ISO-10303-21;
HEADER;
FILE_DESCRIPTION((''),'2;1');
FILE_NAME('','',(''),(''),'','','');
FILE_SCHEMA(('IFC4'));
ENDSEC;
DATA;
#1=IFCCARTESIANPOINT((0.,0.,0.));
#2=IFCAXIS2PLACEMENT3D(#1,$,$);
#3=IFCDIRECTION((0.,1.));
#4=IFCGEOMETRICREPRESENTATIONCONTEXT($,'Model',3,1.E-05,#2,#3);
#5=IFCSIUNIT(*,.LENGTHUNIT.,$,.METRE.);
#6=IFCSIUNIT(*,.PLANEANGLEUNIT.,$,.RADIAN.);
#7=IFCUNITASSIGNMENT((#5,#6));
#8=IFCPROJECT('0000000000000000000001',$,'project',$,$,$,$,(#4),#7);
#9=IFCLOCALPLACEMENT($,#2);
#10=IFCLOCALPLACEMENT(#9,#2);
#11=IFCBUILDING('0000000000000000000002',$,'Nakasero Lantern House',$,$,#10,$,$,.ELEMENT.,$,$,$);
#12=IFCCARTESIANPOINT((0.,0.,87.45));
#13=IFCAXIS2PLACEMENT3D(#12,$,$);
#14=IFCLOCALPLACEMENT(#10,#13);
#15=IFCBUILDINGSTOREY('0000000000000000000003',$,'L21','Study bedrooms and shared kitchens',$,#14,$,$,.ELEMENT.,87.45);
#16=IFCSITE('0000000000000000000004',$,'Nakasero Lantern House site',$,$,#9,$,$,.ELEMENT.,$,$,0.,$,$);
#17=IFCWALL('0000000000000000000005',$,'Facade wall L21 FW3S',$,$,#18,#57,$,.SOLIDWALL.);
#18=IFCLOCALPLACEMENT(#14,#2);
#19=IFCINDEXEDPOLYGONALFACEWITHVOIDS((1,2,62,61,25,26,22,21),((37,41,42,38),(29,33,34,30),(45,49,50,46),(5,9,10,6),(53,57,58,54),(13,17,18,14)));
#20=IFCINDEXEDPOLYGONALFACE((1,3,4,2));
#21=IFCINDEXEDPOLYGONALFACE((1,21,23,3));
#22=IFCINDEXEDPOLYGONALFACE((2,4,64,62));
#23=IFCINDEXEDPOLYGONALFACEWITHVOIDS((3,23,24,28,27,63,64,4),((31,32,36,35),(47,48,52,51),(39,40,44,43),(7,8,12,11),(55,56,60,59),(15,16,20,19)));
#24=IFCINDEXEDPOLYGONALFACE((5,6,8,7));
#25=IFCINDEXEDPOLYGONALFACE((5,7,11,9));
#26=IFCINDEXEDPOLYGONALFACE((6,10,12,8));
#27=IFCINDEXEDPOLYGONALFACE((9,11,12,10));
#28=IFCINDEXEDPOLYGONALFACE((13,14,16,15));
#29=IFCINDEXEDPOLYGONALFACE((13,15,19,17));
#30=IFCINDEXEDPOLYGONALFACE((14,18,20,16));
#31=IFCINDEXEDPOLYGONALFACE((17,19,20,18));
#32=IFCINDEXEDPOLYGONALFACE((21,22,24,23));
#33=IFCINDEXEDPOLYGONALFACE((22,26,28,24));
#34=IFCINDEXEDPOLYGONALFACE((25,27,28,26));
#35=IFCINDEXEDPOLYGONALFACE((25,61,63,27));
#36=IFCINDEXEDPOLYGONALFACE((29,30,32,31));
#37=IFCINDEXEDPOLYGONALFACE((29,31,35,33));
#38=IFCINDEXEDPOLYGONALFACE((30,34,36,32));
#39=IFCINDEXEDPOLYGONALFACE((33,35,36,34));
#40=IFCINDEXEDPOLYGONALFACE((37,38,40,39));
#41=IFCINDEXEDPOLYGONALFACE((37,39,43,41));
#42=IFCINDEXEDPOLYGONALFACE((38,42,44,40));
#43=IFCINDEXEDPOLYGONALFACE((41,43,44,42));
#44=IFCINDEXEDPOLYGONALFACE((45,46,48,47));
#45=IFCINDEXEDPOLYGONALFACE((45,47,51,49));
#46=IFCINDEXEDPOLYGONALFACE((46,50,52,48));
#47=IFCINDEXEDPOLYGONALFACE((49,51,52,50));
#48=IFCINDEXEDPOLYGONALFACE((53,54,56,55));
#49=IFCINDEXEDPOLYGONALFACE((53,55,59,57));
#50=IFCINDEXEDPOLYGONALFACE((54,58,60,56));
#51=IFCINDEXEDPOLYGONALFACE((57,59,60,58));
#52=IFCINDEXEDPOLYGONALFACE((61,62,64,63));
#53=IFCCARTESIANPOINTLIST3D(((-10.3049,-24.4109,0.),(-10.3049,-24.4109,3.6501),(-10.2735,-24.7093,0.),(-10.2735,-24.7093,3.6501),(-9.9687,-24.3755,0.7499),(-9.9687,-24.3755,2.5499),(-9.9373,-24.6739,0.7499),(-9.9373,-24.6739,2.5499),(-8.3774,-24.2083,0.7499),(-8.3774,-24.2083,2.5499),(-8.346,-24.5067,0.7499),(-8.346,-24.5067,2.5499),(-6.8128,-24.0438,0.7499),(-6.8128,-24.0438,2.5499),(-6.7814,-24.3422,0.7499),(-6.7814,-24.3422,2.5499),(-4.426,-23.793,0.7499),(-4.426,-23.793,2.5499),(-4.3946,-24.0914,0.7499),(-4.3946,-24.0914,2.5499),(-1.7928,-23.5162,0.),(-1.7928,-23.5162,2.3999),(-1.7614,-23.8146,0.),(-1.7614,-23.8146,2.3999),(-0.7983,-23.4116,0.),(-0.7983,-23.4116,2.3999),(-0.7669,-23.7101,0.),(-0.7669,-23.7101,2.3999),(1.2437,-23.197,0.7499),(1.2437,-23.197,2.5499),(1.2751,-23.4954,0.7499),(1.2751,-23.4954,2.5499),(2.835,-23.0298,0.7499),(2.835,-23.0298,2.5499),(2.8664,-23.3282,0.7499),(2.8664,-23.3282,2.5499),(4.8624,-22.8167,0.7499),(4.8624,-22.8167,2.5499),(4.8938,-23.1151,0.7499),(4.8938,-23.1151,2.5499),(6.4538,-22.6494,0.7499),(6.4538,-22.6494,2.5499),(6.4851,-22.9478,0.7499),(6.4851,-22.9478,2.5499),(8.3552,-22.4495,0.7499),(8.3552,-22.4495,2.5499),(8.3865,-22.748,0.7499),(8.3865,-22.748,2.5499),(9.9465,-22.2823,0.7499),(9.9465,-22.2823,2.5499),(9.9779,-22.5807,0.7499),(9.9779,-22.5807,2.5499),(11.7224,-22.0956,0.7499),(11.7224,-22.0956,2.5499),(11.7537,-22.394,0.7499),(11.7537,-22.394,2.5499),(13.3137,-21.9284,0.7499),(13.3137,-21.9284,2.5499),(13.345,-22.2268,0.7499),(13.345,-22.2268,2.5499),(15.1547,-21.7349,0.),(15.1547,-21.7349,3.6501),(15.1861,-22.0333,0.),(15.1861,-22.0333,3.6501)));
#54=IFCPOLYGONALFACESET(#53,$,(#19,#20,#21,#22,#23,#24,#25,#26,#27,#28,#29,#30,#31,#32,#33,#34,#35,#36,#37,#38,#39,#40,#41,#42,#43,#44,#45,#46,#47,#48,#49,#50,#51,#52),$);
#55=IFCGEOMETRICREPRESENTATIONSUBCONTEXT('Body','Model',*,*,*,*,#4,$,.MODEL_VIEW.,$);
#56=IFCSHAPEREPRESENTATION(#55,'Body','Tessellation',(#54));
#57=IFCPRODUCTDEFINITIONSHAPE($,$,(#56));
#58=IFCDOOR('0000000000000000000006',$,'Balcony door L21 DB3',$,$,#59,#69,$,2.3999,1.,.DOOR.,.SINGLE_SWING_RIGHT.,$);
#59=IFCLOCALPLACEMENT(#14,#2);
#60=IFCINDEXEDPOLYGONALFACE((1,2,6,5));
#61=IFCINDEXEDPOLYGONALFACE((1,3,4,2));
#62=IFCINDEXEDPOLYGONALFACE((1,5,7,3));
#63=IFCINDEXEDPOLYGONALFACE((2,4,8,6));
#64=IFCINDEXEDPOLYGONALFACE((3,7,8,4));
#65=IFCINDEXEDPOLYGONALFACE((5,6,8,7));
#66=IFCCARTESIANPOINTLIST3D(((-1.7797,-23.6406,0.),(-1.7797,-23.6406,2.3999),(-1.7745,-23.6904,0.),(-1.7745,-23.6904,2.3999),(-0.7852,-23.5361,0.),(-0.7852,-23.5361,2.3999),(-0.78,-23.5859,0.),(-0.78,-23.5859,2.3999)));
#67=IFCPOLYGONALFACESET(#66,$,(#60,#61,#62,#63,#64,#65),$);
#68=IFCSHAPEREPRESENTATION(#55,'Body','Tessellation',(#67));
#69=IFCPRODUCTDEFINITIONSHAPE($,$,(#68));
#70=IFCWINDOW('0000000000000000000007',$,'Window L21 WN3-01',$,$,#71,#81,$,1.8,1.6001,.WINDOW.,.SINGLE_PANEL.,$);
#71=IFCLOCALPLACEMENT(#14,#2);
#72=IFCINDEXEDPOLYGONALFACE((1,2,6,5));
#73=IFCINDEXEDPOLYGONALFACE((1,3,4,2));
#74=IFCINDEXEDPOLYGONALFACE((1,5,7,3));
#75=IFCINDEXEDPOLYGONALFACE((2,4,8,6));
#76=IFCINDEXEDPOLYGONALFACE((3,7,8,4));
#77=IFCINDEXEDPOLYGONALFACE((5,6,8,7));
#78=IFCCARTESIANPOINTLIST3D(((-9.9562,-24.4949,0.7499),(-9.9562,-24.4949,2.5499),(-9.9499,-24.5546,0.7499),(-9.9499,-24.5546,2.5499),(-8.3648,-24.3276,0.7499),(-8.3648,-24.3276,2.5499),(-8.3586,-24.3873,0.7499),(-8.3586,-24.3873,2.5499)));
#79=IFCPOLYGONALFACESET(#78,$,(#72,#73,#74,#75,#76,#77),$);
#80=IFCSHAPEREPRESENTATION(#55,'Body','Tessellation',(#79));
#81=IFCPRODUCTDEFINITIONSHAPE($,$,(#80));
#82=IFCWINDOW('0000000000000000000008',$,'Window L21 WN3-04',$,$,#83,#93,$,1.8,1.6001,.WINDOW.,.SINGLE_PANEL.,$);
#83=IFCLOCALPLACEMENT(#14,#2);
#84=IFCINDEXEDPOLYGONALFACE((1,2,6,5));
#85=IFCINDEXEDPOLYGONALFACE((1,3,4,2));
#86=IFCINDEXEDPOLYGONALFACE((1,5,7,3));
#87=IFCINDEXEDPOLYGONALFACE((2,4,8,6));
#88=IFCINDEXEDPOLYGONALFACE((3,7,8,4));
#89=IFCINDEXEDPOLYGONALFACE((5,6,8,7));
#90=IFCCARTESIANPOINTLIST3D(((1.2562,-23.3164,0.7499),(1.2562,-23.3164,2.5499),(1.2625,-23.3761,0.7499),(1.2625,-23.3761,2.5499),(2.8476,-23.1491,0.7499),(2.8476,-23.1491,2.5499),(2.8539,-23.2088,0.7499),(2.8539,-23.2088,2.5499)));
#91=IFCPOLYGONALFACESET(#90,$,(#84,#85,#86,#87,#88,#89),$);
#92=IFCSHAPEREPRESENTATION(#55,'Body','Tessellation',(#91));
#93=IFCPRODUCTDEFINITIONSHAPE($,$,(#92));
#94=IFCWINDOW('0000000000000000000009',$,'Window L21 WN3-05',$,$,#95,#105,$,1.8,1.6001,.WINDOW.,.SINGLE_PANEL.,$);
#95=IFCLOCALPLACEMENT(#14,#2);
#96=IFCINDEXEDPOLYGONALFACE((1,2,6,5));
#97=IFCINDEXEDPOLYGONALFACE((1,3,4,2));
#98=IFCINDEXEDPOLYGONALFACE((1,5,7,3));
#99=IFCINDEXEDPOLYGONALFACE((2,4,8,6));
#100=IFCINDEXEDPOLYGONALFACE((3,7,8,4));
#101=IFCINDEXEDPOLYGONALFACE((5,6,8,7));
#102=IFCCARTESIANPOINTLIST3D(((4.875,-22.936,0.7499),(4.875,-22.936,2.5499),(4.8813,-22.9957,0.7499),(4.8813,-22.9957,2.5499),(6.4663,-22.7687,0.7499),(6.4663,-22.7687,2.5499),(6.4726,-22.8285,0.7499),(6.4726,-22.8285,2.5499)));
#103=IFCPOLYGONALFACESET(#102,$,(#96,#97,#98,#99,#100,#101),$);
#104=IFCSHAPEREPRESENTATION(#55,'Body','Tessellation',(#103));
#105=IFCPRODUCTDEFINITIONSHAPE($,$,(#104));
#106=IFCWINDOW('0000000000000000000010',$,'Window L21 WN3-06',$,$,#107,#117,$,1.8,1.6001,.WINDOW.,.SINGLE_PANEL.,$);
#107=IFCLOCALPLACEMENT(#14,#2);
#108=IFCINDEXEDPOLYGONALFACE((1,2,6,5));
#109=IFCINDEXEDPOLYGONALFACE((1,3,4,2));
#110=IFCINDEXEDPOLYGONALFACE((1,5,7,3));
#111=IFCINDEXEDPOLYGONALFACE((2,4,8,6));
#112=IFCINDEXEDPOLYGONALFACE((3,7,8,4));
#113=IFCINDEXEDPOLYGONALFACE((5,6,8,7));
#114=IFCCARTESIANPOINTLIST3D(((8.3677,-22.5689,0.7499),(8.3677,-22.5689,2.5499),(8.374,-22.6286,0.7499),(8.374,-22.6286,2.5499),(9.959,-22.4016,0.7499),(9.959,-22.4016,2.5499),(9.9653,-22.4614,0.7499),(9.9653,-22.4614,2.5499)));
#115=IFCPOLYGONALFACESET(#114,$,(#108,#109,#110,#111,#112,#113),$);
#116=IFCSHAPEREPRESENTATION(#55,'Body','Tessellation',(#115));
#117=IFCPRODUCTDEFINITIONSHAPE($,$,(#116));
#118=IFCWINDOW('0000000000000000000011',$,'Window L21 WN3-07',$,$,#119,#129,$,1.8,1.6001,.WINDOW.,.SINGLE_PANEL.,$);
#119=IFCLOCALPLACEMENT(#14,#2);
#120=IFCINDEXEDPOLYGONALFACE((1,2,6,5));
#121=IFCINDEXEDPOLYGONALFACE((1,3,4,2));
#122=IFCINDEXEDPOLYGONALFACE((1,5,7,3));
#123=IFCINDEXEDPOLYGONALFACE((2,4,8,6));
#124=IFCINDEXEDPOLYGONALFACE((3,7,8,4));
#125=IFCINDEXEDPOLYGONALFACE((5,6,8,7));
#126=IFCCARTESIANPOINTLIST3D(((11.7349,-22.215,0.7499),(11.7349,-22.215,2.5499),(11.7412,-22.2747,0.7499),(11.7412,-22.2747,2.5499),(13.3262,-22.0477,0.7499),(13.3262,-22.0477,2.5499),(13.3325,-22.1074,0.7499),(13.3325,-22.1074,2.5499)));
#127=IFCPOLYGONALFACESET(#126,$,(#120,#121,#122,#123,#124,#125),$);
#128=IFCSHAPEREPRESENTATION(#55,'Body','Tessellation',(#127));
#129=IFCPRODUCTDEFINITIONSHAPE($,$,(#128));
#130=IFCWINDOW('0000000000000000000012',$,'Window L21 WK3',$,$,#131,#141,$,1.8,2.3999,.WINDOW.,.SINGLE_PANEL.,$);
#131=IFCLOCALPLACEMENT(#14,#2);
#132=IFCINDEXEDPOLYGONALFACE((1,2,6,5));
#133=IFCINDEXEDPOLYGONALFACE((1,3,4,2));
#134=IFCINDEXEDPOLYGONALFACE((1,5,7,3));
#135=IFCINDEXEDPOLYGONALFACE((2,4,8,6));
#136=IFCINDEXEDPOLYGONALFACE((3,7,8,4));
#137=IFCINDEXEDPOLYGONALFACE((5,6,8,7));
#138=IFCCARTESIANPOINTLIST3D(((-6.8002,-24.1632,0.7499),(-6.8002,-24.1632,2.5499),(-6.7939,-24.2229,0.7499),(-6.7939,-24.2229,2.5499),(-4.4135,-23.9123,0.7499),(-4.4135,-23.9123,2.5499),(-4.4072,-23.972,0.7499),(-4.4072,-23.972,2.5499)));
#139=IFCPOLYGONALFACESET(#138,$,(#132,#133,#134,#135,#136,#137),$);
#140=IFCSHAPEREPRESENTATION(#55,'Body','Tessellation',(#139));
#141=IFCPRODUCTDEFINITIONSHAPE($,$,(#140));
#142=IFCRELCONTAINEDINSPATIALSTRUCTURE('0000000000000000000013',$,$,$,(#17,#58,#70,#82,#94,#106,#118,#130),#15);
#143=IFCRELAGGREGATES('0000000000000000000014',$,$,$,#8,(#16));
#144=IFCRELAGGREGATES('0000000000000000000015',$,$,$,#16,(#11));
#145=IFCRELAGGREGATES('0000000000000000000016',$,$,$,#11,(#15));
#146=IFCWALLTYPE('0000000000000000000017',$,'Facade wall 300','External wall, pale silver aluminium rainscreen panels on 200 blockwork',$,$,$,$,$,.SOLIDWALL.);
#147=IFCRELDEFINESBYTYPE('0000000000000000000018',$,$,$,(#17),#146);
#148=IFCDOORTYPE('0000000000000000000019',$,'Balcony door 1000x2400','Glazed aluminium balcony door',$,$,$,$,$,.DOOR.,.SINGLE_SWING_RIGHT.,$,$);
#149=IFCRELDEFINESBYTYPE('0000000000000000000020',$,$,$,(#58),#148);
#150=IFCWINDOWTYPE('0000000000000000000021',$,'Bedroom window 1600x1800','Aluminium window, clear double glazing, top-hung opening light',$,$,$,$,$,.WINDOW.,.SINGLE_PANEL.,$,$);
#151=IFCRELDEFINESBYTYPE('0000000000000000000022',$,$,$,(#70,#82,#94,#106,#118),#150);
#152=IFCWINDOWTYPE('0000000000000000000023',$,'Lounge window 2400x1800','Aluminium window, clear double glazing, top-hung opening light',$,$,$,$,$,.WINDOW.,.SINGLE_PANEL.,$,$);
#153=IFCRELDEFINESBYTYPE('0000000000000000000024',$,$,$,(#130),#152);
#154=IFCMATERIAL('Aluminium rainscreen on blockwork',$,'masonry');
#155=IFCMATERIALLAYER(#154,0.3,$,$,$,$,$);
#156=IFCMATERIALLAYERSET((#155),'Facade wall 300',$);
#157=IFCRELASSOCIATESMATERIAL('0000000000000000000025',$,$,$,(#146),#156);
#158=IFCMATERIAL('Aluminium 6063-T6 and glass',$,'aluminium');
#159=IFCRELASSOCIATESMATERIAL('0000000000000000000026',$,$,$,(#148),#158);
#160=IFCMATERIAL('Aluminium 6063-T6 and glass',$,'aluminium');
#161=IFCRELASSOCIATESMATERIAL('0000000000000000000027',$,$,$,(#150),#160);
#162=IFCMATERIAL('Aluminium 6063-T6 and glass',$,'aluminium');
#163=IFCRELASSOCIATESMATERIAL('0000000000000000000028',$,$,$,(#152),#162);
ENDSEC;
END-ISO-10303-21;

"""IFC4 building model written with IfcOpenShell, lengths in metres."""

from ifc_helpers import new_model, si_unit, direction, frame, frame_2d, origin, place, context, subcontext, project, spatial, rectangle, extrude, material, layer, layer_set, type_object, element, fill, save


model = new_model("IFC4")

# Units and contexts
model_context = context("Model", 3, precision=1e-05, world=origin(), true_north=direction((0.0, 1.0)))
body_context = subcontext(model_context, "Body", "Model", "MODEL_VIEW")
ifc_project = project(units=[si_unit("LENGTHUNIT", "METRE"), si_unit("PLANEANGLEUNIT", "RADIAN")], contexts=[model_context])

# Site, building, storey
site_placement = place(None, origin())
site = spatial("IfcSite", under=ifc_project, at=site_placement, Name="Nakasero Lantern House site", CompositionType="ELEMENT", RefElevation=0.0)
building_placement = place(site_placement, origin())
building = spatial("IfcBuilding", under=site, at=building_placement, Name="Nakasero Lantern House", CompositionType="ELEMENT")
storey_placement = place(building_placement, frame((0.0, 0.0, 87.45)))
storey = spatial("IfcBuildingStorey", under=building, at=storey_placement, Name="L21", Description="Study bedrooms and shared kitchens", CompositionType="ELEMENT", Elevation=87.45)

# Wall, openings, door, windows
ifc_material_1 = material(Name="Aluminium rainscreen on blockwork", Category="masonry")
ifc_layer_1 = layer(ifc_material_1, 0.3)
ifc_layer_set_1 = layer_set([ifc_layer_1], Name="Facade wall 300")
wall_type_1 = type_object("IfcWallType", Name="Facade wall 300", Description="External wall, pale silver aluminium rainscreen panels on 200 blockwork", PredefinedType="SOLIDWALL", material=ifc_layer_set_1)
wall_1_placement = place(storey_placement, frame((-10.2891, -24.5601, 0.0), z_axis=(0.0, 0.0, 1.0), x_axis=(0.994521, 0.104532, 0.0)))
wall_1 = element("IfcWall", 1, at=wall_1_placement, inside=storey, type_object=wall_type_1, Name="Facade wall L21 FW3S", PredefinedType="SOLIDWALL", context=body_context, shape_type="SweptSolid", body=[
    extrude(rectangle(XDim=25.5999, YDim=0.3, at=frame_2d((12.7998, 0.0))), origin(), (0.0, 0.0, 1.0), 3.6501),
])
opening_1_placement = place(wall_1_placement, frame((0.3379, 0.0, 0.75)))
opening_1 = element("IfcOpeningElement", 2, at=opening_1_placement, cuts=wall_1, PredefinedType="OPENING", context=body_context, shape_type="SweptSolid", body=[
    extrude(rectangle(XDim=1.6001, YDim=1.8, at=frame_2d((0.8, 0.8999))), frame((0.0, 0.1699, 0.0), z_axis=(0.0, -1.0, 0.0), x_axis=(1.0, 0.0, 0.0)), (0.0, 0.0, 1.0), 0.3401),
])
opening_2_placement = place(wall_1_placement, frame((11.6121, 0.0, 0.75)))
opening_2 = element("IfcOpeningElement", 3, at=opening_2_placement, cuts=wall_1, PredefinedType="OPENING", context=body_context, shape_type="SweptSolid", body=[
    extrude(rectangle(XDim=1.6001, YDim=1.8, at=frame_2d((0.8, 0.8999))), frame((0.0, 0.1699, 0.0), z_axis=(0.0, -1.0, 0.0), x_axis=(1.0, 0.0, 0.0)), (0.0, 0.0, 1.0), 0.3401),
])
opening_3_placement = place(wall_1_placement, frame((15.2507, 0.0, 0.75)))
opening_3 = element("IfcOpeningElement", 4, at=opening_3_placement, cuts=wall_1, PredefinedType="OPENING", context=body_context, shape_type="SweptSolid", body=[
    extrude(rectangle(XDim=1.6001, YDim=1.8, at=frame_2d((0.8, 0.8999))), frame((0.0, 0.1699, 0.0), z_axis=(0.0, -1.0, 0.0), x_axis=(1.0, 0.0, 0.0)), (0.0, 0.0, 1.0), 0.3401),
])
opening_4_placement = place(wall_1_placement, frame((18.7627, 0.0, 0.75)))
opening_4 = element("IfcOpeningElement", 5, at=opening_4_placement, cuts=wall_1, PredefinedType="OPENING", context=body_context, shape_type="SweptSolid", body=[
    extrude(rectangle(XDim=1.6001, YDim=1.8, at=frame_2d((0.8, 0.8999))), frame((0.0, 0.1699, 0.0), z_axis=(0.0, -1.0, 0.0), x_axis=(1.0, 0.0, 0.0)), (0.0, 0.0, 1.0), 0.3401),
])
opening_5_placement = place(wall_1_placement, frame((22.1484, 0.0, 0.75)))
opening_5 = element("IfcOpeningElement", 6, at=opening_5_placement, cuts=wall_1, PredefinedType="OPENING", context=body_context, shape_type="SweptSolid", body=[
    extrude(rectangle(XDim=1.6001, YDim=1.8, at=frame_2d((0.8, 0.8999))), frame((0.0, 0.1699, 0.0), z_axis=(0.0, -1.0, 0.0), x_axis=(1.0, 0.0, 0.0)), (0.0, 0.0, 1.0), 0.3401),
])
opening_6_placement = place(wall_1_placement, frame((3.5112, 0.0, 0.75)))
opening_6 = element("IfcOpeningElement", 7, at=opening_6_placement, cuts=wall_1, PredefinedType="OPENING", context=body_context, shape_type="SweptSolid", body=[
    extrude(rectangle(XDim=2.3999, YDim=1.8, at=frame_2d((1.2, 0.8999))), frame((0.0, 0.1699, 0.0), z_axis=(0.0, -1.0, 0.0), x_axis=(1.0, 0.0, 0.0)), (0.0, 0.0, 1.0), 0.3401),
])
opening_7_placement = place(wall_1_placement, frame((8.5588, 0.0, 0.0)))
opening_7 = element("IfcOpeningElement", 8, at=opening_7_placement, cuts=wall_1, PredefinedType="OPENING", context=body_context, shape_type="SweptSolid", body=[
    extrude(rectangle(XDim=1.0, YDim=2.3999, at=frame_2d((0.5, 1.2))), frame((0.0, 0.1699, 0.0), z_axis=(0.0, -1.0, 0.0), x_axis=(1.0, 0.0, 0.0)), (0.0, 0.0, 1.0), 0.3401),
])
ifc_material_2 = material(Name="Aluminium 6063-T6 and glass", Category="aluminium")
door_type = type_object("IfcDoorType", Name="Balcony door 1000x2400", Description="Glazed aluminium balcony door", OperationType="SINGLE_SWING_RIGHT", PredefinedType="DOOR", material=ifc_material_2)
door_placement = place(opening_7_placement, origin())
door = element("IfcDoor", 9, at=door_placement, inside=storey, type_object=door_type, Name="Balcony door L21 DB3", OperationType="SINGLE_SWING_RIGHT", OverallHeight=2.3999, OverallWidth=1.0, PredefinedType="DOOR", context=body_context, shape_type="SweptSolid", body=[
    extrude(rectangle(XDim=1.0, YDim=2.3999, at=frame_2d((0.5, 1.2))), frame((0.0, 0.0249, 0.0), z_axis=(0.0, -1.0, 0.0), x_axis=(1.0, 0.0, 0.0)), (0.0, 0.0, 1.0), 0.05),
])
fill(opening_7, door)
ifc_material_3 = material(Name="Aluminium 6063-T6 and glass", Category="aluminium")
window_type_1 = type_object("IfcWindowType", Name="Bedroom window 1600x1800", Description="Aluminium window, clear double glazing, top-hung opening light", PartitioningType="SINGLE_PANEL", PredefinedType="WINDOW", material=ifc_material_3)
window_1_placement = place(opening_1_placement, origin())
window_1 = element("IfcWindow", 10, at=window_1_placement, inside=storey, type_object=window_type_1, Name="Window L21 WN3-01", OverallHeight=1.8, OverallWidth=1.6001, PartitioningType="SINGLE_PANEL", PredefinedType="WINDOW", context=body_context, shape_type="SweptSolid", body=[
    extrude(rectangle(XDim=1.6001, YDim=1.8, at=frame_2d((0.8, 0.8999))), frame((0.0, 0.03, 0.0), z_axis=(0.0, -1.0, 0.0), x_axis=(1.0, 0.0, 0.0)), (0.0, 0.0, 1.0), 0.0601),
])
fill(opening_1, window_1)
window_2_placement = place(opening_2_placement, origin())
window_2 = element("IfcWindow", 11, at=window_2_placement, inside=storey, type_object=window_type_1, Name="Window L21 WN3-04", OverallHeight=1.8, OverallWidth=1.6001, PartitioningType="SINGLE_PANEL", PredefinedType="WINDOW", context=body_context, shape_type="SweptSolid", body=[
    extrude(rectangle(XDim=1.6001, YDim=1.8, at=frame_2d((0.8, 0.8999))), frame((0.0, 0.03, 0.0), z_axis=(0.0, -1.0, 0.0), x_axis=(1.0, 0.0, 0.0)), (0.0, 0.0, 1.0), 0.0601),
])
fill(opening_2, window_2)
window_3_placement = place(opening_3_placement, origin())
window_3 = element("IfcWindow", 12, at=window_3_placement, inside=storey, type_object=window_type_1, Name="Window L21 WN3-05", OverallHeight=1.8, OverallWidth=1.6001, PartitioningType="SINGLE_PANEL", PredefinedType="WINDOW", context=body_context, shape_type="SweptSolid", body=[
    extrude(rectangle(XDim=1.6001, YDim=1.8, at=frame_2d((0.8, 0.8999))), frame((0.0, 0.03, 0.0), z_axis=(0.0, -1.0, 0.0), x_axis=(1.0, 0.0, 0.0)), (0.0, 0.0, 1.0), 0.0601),
])
fill(opening_3, window_3)
window_4_placement = place(opening_4_placement, origin())
window_4 = element("IfcWindow", 13, at=window_4_placement, inside=storey, type_object=window_type_1, Name="Window L21 WN3-06", OverallHeight=1.8, OverallWidth=1.6001, PartitioningType="SINGLE_PANEL", PredefinedType="WINDOW", context=body_context, shape_type="SweptSolid", body=[
    extrude(rectangle(XDim=1.6001, YDim=1.8, at=frame_2d((0.8, 0.8999))), frame((0.0, 0.03, 0.0), z_axis=(0.0, -1.0, 0.0), x_axis=(1.0, 0.0, 0.0)), (0.0, 0.0, 1.0), 0.0601),
])
fill(opening_4, window_4)
window_5_placement = place(opening_5_placement, origin())
window_5 = element("IfcWindow", 14, at=window_5_placement, inside=storey, type_object=window_type_1, Name="Window L21 WN3-07", OverallHeight=1.8, OverallWidth=1.6001, PartitioningType="SINGLE_PANEL", PredefinedType="WINDOW", context=body_context, shape_type="SweptSolid", body=[
    extrude(rectangle(XDim=1.6001, YDim=1.8, at=frame_2d((0.8, 0.8999))), frame((0.0, 0.03, 0.0), z_axis=(0.0, -1.0, 0.0), x_axis=(1.0, 0.0, 0.0)), (0.0, 0.0, 1.0), 0.0601),
])
fill(opening_5, window_5)
ifc_material_4 = material(Name="Aluminium 6063-T6 and glass", Category="aluminium")
window_type_2 = type_object("IfcWindowType", Name="Lounge window 2400x1800", Description="Aluminium window, clear double glazing, top-hung opening light", PartitioningType="SINGLE_PANEL", PredefinedType="WINDOW", material=ifc_material_4)
window_6_placement = place(opening_6_placement, origin())
window_6 = element("IfcWindow", 15, at=window_6_placement, inside=storey, type_object=window_type_2, Name="Window L21 WK3", OverallHeight=1.8, OverallWidth=2.3999, PartitioningType="SINGLE_PANEL", PredefinedType="WINDOW", context=body_context, shape_type="SweptSolid", body=[
    extrude(rectangle(XDim=2.3999, YDim=1.8, at=frame_2d((1.2, 0.8999))), frame((0.0, 0.03, 0.0), z_axis=(0.0, -1.0, 0.0), x_axis=(1.0, 0.0, 0.0)), (0.0, 0.0, 1.0), 0.0601),
])
fill(opening_6, window_6)

save(model, "model.ifc")
